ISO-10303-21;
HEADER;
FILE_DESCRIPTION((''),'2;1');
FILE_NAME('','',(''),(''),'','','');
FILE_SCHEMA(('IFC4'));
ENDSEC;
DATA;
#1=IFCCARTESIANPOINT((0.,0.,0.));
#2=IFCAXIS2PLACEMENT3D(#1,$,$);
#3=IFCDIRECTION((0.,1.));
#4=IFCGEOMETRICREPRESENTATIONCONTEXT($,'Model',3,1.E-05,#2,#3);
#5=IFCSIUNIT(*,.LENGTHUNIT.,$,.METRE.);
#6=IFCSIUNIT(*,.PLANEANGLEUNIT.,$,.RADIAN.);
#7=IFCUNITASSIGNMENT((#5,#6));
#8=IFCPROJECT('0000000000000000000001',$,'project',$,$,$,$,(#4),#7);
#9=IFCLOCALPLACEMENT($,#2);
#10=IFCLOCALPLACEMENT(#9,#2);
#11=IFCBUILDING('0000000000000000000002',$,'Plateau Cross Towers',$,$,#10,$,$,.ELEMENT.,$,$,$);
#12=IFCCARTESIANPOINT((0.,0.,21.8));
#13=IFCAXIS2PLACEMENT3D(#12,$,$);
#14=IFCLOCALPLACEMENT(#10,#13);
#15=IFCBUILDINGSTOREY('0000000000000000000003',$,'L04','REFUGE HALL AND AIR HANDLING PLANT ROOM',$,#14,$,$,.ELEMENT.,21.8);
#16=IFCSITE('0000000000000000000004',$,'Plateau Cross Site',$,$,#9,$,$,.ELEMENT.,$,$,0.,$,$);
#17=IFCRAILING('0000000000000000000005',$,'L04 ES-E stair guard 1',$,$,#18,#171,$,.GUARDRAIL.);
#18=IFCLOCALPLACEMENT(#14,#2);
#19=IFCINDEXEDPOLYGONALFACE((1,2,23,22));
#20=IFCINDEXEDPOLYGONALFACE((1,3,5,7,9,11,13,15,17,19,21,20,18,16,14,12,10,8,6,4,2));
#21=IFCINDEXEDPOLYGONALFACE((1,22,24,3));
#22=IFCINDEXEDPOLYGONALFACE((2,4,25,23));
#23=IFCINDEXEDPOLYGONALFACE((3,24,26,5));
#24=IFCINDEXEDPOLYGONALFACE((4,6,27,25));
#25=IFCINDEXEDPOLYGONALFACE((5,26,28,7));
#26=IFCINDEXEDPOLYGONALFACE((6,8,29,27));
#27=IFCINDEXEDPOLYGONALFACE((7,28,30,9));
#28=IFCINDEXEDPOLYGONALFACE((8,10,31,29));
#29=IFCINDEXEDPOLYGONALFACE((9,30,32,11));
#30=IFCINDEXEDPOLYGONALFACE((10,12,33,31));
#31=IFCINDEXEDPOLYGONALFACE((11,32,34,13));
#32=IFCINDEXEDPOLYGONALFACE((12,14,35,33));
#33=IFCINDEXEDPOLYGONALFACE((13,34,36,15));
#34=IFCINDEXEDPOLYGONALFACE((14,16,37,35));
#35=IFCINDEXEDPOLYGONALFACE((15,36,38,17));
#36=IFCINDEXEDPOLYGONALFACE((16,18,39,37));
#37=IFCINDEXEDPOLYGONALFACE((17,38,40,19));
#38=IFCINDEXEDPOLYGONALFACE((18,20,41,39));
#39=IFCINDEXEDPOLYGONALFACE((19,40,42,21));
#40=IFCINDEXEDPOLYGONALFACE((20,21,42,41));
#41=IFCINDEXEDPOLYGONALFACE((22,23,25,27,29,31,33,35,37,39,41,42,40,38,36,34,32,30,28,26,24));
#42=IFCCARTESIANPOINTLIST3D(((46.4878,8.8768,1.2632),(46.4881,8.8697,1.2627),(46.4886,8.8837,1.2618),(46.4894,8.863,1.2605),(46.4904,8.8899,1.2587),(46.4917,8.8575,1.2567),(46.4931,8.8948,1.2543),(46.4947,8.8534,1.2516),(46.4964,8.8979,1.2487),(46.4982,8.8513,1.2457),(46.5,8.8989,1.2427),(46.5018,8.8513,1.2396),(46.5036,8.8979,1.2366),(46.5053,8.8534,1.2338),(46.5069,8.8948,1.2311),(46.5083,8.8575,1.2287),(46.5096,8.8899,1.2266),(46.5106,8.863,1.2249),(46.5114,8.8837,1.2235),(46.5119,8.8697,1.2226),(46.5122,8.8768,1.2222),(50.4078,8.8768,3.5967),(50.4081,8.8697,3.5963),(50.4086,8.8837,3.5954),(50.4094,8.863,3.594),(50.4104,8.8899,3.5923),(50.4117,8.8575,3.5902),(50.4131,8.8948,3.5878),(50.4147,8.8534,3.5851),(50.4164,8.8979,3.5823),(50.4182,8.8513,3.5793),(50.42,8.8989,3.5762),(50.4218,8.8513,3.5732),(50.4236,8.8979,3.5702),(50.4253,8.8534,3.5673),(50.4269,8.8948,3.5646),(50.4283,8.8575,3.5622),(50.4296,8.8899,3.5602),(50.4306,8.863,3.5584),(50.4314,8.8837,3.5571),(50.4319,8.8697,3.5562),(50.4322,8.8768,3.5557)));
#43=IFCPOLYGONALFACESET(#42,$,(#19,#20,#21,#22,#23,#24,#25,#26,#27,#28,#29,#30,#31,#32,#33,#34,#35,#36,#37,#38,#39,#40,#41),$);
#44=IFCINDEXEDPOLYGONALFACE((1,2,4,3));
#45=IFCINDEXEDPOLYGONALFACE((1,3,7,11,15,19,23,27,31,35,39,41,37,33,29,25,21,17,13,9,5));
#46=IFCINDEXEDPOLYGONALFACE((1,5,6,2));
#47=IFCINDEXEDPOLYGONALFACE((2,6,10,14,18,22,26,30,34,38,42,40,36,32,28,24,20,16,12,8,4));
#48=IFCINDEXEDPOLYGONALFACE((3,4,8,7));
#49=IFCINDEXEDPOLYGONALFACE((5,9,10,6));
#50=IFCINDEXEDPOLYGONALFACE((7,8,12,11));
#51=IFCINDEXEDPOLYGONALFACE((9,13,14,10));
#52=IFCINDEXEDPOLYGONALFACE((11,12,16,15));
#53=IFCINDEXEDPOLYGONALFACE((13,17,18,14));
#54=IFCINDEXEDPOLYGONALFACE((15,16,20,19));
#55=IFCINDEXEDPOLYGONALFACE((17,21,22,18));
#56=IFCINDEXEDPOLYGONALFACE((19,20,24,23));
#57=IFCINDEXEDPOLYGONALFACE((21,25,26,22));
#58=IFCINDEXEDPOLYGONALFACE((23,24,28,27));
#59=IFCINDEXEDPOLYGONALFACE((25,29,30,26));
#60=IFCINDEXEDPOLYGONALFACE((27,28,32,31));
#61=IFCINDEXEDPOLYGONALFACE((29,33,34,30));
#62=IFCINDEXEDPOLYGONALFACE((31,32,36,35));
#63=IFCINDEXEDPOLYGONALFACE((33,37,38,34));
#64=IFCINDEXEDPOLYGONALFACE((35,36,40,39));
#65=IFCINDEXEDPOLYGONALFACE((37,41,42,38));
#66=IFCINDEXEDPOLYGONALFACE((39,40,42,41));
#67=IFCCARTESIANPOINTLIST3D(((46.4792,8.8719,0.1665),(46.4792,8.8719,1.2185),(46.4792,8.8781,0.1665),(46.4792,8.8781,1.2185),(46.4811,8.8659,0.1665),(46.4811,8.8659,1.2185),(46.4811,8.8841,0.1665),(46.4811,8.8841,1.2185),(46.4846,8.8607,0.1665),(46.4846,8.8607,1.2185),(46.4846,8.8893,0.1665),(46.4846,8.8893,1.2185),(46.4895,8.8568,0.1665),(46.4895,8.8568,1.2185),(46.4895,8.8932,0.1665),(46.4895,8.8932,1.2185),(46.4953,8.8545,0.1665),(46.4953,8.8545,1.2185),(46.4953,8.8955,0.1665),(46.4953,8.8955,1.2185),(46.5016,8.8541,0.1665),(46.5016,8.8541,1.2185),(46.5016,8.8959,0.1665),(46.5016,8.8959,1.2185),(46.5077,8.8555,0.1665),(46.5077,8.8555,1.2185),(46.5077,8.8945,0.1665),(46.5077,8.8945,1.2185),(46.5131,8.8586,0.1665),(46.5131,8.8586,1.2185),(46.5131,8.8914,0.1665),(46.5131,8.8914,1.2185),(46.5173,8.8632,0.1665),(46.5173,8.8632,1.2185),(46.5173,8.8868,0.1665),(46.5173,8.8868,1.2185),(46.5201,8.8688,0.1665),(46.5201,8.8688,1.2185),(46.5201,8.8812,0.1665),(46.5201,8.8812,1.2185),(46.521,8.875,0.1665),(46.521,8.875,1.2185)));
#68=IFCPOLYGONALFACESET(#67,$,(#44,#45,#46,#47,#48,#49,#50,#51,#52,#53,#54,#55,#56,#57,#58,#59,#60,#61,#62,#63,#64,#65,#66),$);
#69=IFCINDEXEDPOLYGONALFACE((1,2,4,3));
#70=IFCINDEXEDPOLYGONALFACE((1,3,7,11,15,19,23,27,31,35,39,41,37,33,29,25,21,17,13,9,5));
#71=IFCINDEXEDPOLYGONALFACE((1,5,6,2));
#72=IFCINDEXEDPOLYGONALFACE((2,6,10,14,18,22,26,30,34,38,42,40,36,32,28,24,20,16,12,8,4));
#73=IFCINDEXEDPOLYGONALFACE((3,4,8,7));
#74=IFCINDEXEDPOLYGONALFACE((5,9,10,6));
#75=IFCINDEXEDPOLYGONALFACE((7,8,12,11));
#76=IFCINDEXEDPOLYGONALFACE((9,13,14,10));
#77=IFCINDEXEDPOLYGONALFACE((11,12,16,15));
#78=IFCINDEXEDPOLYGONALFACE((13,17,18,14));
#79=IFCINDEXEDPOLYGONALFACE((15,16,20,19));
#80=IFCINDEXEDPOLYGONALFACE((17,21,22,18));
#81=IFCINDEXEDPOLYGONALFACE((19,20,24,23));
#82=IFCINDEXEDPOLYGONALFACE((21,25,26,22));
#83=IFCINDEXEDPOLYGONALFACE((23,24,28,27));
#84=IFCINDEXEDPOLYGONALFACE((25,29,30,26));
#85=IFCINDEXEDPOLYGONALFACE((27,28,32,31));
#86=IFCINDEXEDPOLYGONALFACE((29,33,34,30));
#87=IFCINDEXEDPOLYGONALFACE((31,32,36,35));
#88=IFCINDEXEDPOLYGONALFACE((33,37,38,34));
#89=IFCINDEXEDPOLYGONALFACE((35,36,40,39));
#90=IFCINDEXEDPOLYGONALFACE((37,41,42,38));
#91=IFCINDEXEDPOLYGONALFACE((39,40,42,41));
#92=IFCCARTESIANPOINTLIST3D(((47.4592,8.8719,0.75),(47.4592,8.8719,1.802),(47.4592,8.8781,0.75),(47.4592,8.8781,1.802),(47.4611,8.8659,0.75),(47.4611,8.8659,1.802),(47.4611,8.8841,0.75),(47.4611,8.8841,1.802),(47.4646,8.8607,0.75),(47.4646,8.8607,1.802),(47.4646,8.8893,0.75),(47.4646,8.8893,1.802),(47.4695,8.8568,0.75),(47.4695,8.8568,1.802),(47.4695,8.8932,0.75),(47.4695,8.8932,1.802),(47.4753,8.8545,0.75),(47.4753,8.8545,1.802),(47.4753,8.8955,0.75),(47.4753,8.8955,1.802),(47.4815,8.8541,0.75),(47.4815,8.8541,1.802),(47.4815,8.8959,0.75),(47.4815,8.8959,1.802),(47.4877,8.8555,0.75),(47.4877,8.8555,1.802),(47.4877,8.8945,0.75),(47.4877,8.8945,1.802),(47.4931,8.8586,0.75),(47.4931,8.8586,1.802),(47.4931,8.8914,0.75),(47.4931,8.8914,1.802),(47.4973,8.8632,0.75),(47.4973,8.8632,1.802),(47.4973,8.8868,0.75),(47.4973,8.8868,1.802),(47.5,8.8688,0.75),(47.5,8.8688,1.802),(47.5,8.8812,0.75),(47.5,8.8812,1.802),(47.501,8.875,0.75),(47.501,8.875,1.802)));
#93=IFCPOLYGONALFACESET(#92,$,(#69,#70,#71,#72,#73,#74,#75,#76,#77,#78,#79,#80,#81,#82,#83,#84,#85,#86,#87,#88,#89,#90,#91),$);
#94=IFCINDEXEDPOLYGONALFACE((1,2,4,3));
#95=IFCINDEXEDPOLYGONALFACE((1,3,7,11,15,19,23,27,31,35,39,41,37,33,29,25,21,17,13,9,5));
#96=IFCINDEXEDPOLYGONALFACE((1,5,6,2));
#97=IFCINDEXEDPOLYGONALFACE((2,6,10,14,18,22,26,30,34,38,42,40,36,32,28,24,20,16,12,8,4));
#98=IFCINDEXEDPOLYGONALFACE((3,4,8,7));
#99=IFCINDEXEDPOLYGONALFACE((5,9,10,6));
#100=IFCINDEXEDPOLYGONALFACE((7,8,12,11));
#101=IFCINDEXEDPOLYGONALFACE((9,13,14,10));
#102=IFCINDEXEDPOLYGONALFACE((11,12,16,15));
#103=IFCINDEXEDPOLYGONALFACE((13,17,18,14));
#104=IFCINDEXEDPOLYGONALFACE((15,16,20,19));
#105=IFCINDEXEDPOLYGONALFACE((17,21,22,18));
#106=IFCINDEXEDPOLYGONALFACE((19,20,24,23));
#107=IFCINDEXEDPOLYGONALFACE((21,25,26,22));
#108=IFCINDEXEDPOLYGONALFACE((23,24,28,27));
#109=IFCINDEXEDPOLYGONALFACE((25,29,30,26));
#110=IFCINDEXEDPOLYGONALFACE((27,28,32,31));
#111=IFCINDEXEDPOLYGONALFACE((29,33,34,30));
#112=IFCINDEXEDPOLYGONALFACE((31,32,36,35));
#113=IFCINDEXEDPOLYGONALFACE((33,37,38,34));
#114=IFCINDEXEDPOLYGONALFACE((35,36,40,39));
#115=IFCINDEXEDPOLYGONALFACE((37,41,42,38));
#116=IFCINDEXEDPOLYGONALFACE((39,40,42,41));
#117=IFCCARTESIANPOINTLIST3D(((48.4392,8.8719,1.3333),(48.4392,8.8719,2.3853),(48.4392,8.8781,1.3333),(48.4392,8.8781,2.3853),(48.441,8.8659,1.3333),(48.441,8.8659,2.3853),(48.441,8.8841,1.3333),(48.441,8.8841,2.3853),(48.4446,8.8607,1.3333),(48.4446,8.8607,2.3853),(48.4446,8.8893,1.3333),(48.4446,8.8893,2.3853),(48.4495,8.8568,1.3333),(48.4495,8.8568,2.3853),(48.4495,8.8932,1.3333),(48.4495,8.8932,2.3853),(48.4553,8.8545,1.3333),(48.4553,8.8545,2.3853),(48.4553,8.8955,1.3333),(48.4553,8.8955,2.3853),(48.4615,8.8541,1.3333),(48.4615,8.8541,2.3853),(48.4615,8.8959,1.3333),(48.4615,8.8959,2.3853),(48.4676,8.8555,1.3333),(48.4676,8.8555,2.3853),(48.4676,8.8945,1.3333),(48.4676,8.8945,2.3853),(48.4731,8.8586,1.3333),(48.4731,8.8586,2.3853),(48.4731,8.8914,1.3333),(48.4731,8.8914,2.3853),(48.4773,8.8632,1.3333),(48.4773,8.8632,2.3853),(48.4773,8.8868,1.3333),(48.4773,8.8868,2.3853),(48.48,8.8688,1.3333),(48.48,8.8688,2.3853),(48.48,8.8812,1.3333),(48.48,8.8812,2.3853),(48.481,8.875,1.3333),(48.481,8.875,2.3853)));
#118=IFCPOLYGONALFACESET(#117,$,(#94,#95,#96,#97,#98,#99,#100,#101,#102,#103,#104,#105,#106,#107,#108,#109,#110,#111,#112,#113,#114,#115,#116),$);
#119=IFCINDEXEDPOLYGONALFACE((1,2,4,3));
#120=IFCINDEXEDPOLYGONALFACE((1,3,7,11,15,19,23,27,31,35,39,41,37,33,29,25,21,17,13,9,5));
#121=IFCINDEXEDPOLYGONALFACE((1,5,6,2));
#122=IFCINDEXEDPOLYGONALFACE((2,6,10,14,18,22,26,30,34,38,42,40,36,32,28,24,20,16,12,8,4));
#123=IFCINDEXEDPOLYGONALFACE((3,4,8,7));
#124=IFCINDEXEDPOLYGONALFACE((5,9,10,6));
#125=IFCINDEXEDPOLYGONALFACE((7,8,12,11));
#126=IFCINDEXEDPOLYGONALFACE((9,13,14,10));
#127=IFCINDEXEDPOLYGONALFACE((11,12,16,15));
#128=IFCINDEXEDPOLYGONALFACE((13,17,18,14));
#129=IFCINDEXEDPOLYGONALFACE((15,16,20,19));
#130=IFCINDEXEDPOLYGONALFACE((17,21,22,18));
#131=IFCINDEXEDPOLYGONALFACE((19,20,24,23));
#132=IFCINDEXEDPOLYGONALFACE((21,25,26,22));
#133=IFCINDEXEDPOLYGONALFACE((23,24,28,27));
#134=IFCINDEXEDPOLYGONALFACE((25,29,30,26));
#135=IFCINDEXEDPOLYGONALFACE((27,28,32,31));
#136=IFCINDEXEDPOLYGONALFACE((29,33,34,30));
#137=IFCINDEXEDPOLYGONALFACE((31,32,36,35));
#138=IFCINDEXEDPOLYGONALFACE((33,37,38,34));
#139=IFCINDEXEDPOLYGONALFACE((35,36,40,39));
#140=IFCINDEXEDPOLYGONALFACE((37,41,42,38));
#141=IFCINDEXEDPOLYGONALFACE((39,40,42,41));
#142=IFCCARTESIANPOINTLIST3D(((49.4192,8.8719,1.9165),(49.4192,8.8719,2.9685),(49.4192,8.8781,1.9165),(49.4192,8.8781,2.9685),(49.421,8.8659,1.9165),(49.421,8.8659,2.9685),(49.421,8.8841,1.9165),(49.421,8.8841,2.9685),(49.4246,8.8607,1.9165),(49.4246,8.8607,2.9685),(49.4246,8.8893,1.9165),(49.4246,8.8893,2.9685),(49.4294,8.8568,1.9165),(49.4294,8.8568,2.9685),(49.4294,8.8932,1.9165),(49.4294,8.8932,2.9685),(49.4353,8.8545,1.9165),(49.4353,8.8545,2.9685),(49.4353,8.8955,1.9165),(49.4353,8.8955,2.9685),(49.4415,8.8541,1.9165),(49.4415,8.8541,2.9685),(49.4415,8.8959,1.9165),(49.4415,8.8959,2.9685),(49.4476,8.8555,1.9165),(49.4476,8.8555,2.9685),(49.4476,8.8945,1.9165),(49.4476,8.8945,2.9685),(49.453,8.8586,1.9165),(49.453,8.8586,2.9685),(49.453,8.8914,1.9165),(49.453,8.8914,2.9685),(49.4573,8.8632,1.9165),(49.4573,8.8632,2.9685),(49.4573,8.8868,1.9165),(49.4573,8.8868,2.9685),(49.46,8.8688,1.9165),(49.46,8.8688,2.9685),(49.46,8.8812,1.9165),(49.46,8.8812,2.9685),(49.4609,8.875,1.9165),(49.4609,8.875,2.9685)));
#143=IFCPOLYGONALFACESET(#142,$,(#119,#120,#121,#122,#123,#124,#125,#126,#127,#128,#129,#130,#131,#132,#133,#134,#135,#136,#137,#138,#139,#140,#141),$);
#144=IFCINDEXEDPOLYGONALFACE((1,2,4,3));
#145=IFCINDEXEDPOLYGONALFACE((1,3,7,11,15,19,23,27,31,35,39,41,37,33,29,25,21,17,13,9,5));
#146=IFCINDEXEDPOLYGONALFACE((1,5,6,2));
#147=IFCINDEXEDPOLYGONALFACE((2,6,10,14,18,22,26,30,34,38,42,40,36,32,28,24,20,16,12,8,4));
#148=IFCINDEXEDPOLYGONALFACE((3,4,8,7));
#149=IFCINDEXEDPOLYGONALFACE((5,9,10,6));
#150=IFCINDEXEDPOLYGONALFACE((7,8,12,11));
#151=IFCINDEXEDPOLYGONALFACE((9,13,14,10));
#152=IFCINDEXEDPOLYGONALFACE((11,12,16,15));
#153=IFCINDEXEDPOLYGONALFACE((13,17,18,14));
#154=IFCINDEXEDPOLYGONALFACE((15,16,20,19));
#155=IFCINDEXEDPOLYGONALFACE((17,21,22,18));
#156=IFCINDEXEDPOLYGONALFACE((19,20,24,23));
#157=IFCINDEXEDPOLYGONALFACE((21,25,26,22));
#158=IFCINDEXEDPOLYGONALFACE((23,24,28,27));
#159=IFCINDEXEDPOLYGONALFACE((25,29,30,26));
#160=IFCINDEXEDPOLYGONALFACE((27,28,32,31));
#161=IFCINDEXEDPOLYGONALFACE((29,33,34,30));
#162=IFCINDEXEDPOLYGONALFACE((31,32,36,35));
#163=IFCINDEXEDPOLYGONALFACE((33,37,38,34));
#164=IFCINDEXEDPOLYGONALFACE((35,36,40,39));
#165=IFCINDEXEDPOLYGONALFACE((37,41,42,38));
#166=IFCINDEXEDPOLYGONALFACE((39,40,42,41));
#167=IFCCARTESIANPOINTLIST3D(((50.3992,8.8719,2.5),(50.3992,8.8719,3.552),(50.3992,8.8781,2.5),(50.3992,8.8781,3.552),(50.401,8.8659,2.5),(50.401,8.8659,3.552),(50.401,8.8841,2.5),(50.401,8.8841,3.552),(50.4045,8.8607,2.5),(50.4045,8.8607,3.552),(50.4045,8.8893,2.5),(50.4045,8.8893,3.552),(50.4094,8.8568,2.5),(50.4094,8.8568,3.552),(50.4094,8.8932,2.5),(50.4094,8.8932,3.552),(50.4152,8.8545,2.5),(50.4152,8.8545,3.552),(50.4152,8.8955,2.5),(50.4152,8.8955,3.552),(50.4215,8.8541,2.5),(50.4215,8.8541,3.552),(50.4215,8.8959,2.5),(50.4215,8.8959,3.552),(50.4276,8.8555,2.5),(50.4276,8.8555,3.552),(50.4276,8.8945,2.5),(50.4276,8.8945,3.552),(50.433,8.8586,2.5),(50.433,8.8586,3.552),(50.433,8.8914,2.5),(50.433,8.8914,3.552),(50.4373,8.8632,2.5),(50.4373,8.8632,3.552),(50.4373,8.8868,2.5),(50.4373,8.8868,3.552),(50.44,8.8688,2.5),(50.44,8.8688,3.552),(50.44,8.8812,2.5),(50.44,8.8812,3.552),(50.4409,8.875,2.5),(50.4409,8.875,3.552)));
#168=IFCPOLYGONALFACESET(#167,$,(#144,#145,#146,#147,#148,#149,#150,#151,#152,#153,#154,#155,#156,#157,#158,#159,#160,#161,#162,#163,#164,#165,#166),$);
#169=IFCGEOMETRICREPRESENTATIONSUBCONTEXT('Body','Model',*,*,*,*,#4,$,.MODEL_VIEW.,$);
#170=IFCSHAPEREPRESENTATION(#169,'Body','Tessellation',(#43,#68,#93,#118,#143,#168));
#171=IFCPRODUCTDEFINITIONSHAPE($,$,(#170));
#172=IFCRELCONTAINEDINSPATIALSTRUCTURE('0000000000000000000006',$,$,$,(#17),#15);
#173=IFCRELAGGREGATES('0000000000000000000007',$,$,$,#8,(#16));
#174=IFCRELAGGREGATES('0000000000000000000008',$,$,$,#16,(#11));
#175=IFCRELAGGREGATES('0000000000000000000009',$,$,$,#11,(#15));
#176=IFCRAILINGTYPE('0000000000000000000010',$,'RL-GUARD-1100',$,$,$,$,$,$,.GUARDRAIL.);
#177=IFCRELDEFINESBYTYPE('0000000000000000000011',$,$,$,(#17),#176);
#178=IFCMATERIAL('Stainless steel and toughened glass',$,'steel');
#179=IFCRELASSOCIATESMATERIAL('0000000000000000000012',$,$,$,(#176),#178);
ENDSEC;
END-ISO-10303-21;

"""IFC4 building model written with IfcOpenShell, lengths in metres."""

from ifc_helpers import new_model, si_unit, direction, frame, origin, origin_2d, place, context, subcontext, project, spatial, circle, extrude, material, type_object, element, save


model = new_model("IFC4")

# Units and contexts
model_context = context("Model", 3, precision=1e-05, world=origin(), true_north=direction((0.0, 1.0)))
body_context = subcontext(model_context, "Body", "Model", "MODEL_VIEW")
ifc_project = project(units=[si_unit("LENGTHUNIT", "METRE"), si_unit("PLANEANGLEUNIT", "RADIAN")], contexts=[model_context])

# Site, building, storey
site_placement = place(None, origin())
site = spatial("IfcSite", under=ifc_project, at=site_placement, Name="Plateau Cross Site", CompositionType="ELEMENT", RefElevation=0.0)
building_placement = place(site_placement, origin())
building = spatial("IfcBuilding", under=site, at=building_placement, Name="Plateau Cross Towers", CompositionType="ELEMENT")
storey_placement = place(building_placement, frame((0.0, 0.0, 21.8)))
storey = spatial("IfcBuildingStorey", under=building, at=storey_placement, Name="L04", Description="REFUGE HALL AND AIR HANDLING PLANT ROOM", CompositionType="ELEMENT", Elevation=21.8)

# Railing
ifc_material_1 = material(Name="Stainless steel and toughened glass", Category="steel")
railing_type_1 = type_object("IfcRailingType", Name="RL-GUARD-1100", PredefinedType="GUARDRAIL", material=ifc_material_1)
railing_1_placement = place(storey_placement, frame((46.5, 8.875, 0.1665)))
element("IfcRailing", 1, at=railing_1_placement, inside=storey, type_object=railing_type_1, Name="L04 ES-E stair guard 1", PredefinedType="GUARDRAIL", context=body_context, shape_type="SweptSolid", body=[
    extrude(circle(Radius=0.0239, at=origin_2d()), frame((0.0, 0.0, 1.0762), z_axis=(0.859273, 0.0, 0.511518), x_axis=(0.0, 1.0, 0.0)), (0.0, 0.0, 1.0), 4.562),
    extrude(circle(Radius=0.021, at=origin_2d()), origin(), (0.0, 0.0, 1.0), 1.052),
    extrude(circle(Radius=0.021, at=origin_2d()), frame((0.98, 0.0, 0.5835)), (0.0, 0.0, 1.0), 1.052),
    extrude(circle(Radius=0.021, at=origin_2d()), frame((1.96, 0.0, 1.1667)), (0.0, 0.0, 1.0), 1.052),
    extrude(circle(Radius=0.021, at=origin_2d()), frame((2.9399, 0.0, 1.75)), (0.0, 0.0, 1.0), 1.052),
    extrude(circle(Radius=0.021, at=origin_2d()), frame((3.9199, 0.0, 2.3335)), (0.0, 0.0, 1.0), 1.052),
])

save(model, "model.ifc")
